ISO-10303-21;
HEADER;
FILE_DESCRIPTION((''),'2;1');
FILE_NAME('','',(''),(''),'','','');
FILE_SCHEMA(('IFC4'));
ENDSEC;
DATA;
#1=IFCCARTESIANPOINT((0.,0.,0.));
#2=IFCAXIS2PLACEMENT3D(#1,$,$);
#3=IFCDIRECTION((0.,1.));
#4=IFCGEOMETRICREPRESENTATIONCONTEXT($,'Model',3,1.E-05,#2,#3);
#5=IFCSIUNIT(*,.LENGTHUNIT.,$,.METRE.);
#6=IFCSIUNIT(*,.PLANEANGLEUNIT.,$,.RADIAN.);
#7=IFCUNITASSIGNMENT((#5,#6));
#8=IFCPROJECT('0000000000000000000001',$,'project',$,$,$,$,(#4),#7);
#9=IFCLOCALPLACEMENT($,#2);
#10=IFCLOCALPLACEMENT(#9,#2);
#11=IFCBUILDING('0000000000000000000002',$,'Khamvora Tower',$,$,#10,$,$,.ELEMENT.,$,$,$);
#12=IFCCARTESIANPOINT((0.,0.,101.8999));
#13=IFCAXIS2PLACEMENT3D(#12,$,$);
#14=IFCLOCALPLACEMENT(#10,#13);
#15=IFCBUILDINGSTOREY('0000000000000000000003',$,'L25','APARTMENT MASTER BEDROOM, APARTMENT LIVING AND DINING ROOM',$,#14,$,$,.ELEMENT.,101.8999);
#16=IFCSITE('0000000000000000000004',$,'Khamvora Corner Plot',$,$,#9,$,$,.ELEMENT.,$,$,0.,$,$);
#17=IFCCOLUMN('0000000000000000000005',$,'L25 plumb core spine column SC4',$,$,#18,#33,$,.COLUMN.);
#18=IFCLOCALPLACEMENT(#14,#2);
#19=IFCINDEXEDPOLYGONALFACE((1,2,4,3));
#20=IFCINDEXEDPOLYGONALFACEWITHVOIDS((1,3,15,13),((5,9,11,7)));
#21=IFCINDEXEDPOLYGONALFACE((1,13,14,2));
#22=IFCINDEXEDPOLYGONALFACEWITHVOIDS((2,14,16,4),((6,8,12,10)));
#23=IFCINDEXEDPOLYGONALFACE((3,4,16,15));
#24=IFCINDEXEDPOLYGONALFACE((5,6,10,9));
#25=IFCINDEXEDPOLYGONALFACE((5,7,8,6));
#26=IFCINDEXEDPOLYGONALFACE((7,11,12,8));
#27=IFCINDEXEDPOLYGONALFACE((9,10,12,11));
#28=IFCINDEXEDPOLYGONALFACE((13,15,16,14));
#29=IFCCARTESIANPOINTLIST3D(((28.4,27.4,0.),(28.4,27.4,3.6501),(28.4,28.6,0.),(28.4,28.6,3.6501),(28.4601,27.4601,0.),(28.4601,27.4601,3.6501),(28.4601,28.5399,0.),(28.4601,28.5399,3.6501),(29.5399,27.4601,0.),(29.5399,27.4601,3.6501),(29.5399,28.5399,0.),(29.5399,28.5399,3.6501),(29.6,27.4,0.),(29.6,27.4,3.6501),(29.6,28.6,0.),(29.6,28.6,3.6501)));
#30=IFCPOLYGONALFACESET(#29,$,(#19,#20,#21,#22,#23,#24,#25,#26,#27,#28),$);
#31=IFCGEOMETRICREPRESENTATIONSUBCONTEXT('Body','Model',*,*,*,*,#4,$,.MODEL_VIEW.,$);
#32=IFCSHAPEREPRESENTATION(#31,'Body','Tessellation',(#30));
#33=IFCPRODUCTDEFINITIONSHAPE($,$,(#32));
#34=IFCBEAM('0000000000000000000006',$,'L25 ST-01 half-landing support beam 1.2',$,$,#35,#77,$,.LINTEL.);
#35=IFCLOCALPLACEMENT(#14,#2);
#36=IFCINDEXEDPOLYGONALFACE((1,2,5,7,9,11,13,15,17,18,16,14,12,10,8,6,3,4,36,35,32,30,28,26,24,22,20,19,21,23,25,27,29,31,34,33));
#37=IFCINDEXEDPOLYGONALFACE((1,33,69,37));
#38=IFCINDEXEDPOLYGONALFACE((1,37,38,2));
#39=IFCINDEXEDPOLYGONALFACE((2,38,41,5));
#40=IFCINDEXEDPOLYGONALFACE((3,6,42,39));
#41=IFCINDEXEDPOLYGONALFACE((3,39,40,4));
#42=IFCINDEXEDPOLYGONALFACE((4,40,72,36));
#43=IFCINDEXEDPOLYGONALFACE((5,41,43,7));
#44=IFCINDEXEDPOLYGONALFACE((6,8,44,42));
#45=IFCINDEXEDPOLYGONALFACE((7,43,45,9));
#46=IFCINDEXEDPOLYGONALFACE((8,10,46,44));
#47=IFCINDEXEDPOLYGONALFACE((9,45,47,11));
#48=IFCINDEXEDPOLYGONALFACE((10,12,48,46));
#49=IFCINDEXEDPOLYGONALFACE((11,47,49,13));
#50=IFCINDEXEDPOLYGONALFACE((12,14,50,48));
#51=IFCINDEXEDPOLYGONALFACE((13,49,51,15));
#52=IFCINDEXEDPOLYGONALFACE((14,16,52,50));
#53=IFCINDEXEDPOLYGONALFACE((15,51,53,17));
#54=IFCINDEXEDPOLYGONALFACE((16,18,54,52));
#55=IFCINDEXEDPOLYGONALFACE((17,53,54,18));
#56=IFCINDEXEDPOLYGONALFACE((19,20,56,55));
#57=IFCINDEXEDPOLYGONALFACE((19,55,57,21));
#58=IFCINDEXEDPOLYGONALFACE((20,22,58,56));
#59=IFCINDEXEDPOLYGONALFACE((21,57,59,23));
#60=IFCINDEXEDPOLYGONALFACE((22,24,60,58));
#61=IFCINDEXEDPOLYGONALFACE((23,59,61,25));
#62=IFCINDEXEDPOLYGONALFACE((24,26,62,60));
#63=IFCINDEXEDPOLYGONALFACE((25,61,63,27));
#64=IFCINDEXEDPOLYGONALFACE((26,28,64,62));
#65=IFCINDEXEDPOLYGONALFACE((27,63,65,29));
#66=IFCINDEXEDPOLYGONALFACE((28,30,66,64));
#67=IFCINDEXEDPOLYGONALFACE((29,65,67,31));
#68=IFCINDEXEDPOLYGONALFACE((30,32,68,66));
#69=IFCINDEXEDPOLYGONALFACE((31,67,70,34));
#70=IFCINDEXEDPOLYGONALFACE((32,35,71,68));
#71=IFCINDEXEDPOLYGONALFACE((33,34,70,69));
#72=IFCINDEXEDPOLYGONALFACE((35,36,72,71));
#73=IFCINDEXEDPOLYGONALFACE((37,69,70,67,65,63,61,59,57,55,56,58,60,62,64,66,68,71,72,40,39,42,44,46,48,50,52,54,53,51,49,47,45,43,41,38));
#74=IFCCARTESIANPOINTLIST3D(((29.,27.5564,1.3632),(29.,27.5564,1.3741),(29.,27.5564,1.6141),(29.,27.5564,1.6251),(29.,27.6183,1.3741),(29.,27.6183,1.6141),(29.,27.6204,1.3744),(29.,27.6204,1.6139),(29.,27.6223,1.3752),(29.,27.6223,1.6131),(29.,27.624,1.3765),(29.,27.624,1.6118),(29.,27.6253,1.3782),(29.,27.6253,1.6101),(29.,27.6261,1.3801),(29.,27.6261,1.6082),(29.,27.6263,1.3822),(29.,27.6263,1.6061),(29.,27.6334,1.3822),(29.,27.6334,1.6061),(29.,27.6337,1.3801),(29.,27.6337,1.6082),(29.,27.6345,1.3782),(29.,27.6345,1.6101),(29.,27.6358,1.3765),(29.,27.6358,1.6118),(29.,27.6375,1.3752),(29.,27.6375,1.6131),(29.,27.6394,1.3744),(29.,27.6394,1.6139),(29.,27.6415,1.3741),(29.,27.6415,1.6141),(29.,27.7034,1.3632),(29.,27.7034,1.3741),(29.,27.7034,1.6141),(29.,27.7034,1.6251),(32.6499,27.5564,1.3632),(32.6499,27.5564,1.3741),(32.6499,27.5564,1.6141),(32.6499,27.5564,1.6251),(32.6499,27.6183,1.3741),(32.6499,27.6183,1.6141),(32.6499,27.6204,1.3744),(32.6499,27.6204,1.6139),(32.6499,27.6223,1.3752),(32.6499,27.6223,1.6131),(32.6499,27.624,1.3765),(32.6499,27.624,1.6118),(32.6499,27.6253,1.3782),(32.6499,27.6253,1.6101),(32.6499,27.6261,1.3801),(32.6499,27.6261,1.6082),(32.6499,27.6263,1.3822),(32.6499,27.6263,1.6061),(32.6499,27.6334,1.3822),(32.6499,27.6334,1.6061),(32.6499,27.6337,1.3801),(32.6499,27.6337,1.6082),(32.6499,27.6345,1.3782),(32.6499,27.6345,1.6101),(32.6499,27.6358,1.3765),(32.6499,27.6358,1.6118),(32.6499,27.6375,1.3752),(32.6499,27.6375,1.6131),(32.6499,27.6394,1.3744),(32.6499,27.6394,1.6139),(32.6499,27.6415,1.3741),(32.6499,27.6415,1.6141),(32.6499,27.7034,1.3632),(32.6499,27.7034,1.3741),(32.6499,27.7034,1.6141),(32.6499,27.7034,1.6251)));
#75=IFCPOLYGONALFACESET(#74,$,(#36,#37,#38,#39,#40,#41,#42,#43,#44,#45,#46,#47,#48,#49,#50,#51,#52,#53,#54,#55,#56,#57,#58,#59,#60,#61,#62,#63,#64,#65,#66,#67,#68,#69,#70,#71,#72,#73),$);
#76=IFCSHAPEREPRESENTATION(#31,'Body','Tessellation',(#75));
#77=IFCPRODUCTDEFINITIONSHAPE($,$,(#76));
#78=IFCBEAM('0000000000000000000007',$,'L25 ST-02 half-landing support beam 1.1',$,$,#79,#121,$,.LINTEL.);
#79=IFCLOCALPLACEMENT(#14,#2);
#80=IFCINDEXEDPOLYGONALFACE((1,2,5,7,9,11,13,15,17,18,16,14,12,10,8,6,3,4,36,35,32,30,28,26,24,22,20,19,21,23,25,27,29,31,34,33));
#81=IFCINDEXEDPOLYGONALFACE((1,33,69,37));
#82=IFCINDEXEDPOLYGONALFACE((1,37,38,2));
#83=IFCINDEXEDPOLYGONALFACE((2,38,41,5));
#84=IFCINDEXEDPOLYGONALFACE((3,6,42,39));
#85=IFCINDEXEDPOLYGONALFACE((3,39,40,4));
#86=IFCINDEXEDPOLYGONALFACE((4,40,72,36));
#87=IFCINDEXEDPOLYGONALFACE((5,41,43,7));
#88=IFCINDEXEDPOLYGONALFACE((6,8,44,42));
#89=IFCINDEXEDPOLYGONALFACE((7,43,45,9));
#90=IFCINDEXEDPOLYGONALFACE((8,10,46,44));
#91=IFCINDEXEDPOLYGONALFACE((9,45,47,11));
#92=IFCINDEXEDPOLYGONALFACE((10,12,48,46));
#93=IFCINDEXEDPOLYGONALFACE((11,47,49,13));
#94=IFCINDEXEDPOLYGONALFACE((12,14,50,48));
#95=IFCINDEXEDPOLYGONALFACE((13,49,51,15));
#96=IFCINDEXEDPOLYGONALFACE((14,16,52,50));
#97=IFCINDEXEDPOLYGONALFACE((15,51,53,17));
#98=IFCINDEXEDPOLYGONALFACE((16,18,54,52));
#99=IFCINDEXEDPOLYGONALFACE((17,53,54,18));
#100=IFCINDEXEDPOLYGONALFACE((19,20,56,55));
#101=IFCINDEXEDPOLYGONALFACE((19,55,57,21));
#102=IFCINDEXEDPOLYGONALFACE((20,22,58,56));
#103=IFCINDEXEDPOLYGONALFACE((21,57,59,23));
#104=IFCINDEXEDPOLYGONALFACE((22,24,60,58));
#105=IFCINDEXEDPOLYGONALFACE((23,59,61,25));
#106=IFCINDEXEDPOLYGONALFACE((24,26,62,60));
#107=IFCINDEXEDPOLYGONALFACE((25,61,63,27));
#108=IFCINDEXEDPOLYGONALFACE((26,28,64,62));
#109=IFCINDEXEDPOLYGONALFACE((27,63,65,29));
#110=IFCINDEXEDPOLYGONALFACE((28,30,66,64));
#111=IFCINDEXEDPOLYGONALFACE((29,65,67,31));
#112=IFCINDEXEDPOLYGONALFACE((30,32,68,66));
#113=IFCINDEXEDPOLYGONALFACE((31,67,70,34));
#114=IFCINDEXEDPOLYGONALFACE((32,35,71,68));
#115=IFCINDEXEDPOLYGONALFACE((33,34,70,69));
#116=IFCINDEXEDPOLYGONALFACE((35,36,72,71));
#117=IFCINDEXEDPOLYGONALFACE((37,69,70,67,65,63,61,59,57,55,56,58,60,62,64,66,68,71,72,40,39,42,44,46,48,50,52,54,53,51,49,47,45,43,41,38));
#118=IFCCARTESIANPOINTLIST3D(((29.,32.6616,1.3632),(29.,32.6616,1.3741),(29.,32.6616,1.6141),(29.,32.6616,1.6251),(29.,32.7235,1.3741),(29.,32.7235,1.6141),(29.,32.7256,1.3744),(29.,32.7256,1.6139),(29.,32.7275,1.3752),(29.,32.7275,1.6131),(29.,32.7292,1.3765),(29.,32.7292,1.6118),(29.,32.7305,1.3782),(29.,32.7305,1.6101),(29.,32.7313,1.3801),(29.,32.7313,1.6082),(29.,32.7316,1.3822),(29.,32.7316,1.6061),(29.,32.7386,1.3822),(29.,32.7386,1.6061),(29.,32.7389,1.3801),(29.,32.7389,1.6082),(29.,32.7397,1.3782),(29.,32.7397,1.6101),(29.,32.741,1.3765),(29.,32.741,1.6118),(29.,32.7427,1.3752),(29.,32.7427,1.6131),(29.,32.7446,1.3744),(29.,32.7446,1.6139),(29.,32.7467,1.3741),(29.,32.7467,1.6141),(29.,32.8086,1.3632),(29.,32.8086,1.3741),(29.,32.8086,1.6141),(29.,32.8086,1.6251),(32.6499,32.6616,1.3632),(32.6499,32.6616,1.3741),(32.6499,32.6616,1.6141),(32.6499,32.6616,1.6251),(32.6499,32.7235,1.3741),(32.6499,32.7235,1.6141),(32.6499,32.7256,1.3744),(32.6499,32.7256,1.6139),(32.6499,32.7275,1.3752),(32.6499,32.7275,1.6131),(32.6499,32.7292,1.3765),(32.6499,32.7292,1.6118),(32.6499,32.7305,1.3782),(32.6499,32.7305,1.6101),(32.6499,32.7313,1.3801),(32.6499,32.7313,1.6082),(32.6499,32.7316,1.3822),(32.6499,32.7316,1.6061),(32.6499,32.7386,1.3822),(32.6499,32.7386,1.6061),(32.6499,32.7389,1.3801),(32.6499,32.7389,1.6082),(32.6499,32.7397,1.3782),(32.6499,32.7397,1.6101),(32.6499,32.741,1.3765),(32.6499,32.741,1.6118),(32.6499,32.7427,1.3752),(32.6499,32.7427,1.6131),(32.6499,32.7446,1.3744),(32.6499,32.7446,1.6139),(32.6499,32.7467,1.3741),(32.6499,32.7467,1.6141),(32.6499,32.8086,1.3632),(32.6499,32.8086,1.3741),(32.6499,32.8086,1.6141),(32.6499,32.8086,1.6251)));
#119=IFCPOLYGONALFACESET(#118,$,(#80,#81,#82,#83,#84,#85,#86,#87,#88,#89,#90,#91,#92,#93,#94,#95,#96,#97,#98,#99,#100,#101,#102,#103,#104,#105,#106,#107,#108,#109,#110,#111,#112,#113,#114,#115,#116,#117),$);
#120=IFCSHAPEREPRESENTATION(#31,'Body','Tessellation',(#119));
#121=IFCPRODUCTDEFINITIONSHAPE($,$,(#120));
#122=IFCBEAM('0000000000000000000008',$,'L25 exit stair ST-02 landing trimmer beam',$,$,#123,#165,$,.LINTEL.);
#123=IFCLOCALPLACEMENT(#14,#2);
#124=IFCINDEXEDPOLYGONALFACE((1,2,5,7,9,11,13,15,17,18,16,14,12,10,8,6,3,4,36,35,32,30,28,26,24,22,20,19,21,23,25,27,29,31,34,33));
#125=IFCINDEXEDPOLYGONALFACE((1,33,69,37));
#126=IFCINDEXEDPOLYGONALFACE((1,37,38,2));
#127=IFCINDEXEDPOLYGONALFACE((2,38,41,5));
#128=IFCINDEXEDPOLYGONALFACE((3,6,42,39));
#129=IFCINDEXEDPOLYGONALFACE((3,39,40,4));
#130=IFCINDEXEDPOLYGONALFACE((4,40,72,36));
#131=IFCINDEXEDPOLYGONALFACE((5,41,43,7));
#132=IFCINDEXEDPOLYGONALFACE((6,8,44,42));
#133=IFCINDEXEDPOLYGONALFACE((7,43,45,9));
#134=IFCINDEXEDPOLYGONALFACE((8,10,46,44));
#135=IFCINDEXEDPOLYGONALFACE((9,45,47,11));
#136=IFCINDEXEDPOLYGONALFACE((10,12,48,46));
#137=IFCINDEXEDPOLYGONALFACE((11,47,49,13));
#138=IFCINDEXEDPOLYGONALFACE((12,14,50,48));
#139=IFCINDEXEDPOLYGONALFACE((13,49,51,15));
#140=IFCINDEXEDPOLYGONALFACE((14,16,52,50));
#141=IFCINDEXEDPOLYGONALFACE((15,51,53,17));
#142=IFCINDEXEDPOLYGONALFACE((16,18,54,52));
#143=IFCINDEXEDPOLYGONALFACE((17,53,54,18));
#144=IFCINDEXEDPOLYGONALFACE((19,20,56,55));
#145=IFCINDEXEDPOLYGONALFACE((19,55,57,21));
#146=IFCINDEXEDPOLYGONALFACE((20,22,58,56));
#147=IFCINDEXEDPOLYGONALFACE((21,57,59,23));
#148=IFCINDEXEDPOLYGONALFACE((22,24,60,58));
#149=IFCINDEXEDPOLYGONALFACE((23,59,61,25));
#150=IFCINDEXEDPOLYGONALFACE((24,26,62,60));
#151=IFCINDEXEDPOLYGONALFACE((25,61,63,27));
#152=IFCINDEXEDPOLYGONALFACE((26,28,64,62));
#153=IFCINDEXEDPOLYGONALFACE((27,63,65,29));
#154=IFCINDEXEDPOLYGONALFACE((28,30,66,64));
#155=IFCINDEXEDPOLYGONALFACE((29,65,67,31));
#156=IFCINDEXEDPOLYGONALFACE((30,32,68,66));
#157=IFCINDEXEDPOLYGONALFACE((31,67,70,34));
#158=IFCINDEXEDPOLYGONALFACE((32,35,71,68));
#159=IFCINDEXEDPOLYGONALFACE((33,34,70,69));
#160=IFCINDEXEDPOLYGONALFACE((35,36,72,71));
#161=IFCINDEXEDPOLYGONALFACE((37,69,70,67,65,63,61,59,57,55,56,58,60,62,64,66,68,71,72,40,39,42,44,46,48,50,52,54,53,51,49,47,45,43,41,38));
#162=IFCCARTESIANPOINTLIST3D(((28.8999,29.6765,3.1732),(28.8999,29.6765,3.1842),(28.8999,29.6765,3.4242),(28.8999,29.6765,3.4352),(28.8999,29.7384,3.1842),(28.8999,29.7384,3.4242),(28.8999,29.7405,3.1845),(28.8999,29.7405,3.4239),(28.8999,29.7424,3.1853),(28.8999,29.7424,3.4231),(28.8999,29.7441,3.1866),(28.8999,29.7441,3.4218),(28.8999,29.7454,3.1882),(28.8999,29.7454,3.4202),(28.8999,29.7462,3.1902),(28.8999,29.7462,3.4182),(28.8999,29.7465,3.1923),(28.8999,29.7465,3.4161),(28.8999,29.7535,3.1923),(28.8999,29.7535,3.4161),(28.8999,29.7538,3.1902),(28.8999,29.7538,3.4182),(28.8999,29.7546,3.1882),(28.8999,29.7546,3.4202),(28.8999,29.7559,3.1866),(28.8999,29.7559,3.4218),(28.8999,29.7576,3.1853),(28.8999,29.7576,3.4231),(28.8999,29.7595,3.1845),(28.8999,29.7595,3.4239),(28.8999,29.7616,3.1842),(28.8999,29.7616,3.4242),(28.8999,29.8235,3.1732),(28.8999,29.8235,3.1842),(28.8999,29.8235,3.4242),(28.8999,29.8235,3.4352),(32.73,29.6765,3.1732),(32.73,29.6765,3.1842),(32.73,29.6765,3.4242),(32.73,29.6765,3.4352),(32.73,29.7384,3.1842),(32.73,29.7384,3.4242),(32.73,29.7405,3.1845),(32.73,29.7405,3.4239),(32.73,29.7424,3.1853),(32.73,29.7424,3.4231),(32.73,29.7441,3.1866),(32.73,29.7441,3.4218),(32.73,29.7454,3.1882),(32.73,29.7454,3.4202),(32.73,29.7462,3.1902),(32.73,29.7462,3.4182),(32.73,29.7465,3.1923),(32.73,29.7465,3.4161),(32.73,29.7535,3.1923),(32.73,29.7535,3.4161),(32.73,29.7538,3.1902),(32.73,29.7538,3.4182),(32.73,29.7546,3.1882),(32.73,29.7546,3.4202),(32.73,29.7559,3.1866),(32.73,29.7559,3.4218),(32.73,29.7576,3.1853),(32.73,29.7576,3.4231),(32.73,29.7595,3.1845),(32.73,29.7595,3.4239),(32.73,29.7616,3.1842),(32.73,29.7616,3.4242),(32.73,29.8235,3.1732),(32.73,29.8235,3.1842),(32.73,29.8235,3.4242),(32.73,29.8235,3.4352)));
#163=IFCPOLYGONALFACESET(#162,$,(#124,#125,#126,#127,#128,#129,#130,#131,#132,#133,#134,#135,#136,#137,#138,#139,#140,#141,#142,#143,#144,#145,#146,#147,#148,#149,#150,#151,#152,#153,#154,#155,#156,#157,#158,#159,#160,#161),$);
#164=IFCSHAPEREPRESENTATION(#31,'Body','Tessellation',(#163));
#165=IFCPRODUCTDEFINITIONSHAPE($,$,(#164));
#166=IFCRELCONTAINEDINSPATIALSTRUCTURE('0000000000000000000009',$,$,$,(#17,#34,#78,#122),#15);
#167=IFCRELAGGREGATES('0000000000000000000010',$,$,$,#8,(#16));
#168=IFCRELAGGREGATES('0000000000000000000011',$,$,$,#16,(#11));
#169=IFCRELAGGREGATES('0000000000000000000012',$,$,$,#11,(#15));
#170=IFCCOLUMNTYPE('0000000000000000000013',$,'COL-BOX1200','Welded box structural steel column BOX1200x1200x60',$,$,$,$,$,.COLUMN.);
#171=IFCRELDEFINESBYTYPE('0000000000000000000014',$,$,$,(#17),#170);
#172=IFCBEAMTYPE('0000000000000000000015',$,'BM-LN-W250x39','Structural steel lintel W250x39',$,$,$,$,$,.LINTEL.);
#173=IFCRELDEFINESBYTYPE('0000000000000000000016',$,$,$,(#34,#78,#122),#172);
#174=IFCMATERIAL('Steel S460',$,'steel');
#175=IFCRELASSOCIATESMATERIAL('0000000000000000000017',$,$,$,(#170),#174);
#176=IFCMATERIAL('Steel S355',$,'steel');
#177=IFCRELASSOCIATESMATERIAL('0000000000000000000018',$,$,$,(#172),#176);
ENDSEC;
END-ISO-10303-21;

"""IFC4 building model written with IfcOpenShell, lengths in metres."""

from ifc_helpers import new_model, si_unit, direction, frame, origin, origin_2d, place, context, subcontext, project, spatial, hollow_rectangle, i_section, extrude, material, material_profile, profile_set, type_object, element, save


model = new_model("IFC4")

# Units and contexts
model_context = context("Model", 3, precision=1e-05, world=origin(), true_north=direction((0.0, 1.0)))
body_context = subcontext(model_context, "Body", "Model", "MODEL_VIEW")
ifc_project = project(units=[si_unit("LENGTHUNIT", "METRE"), si_unit("PLANEANGLEUNIT", "RADIAN")], contexts=[model_context])

# Site, building, storey
site_placement = place(None, origin())
site = spatial("IfcSite", under=ifc_project, at=site_placement, Name="Khamvora Corner Plot", CompositionType="ELEMENT", RefElevation=0.0)
building_placement = place(site_placement, origin())
building = spatial("IfcBuilding", under=site, at=building_placement, Name="Khamvora Tower", CompositionType="ELEMENT")
storey_placement = place(building_placement, frame((0.0, 0.0, 101.8999)))
storey = spatial("IfcBuildingStorey", under=building, at=storey_placement, Name="L25", Description="APARTMENT MASTER BEDROOM, APARTMENT LIVING AND DINING ROOM", CompositionType="ELEMENT", Elevation=101.8999)

# Column
ifc_material_1 = material(Name="Steel S460", Category="steel")
ifc_material_profile_1 = material_profile(ifc_material_1, hollow_rectangle(XDim=1.2, YDim=1.2, WallThickness=0.0601, at=origin_2d()), Name="BOX1200x1200x60")
ifc_profile_set_1 = profile_set([ifc_material_profile_1], Name="Steel S460")
column_type = type_object("IfcColumnType", Name="COL-BOX1200", Description="Welded box structural steel column BOX1200x1200x60", PredefinedType="COLUMN", material=ifc_profile_set_1)
column_placement = place(storey_placement, frame((29.0, 28.0, 0.0), z_axis=(0.0, 0.0, 1.0), x_axis=(1.0, 0.0, 0.0)))
element("IfcColumn", 1, at=column_placement, inside=storey, type_object=column_type, Name="L25 plumb core spine column SC4", PredefinedType="COLUMN", context=body_context, shape_type="SweptSolid", body=[
    extrude(hollow_rectangle(XDim=1.2, YDim=1.2, WallThickness=0.0601, at=origin_2d()), origin(), (0.0, 0.0, 1.0), 3.6501),
])

# Beams
ifc_material_2 = material(Name="Steel S355", Category="steel")
ifc_material_profile_2 = material_profile(ifc_material_2, i_section(OverallWidth=0.147, OverallDepth=0.262, WebThickness=0.0071, FlangeThickness=0.011, FilletRadius=0.0081, at=origin_2d()), Name="W250x39")
ifc_profile_set_2 = profile_set([ifc_material_profile_2], Name="Steel S355")
beam_type_1 = type_object("IfcBeamType", Name="BM-LN-W250x39", Description="Structural steel lintel W250x39", PredefinedType="LINTEL", material=ifc_profile_set_2)
for number, where, z_axis, x_axis, name in (
    (2, (29.0, 27.6299, 1.4941), (1.0, 0.0, 0.0), (0.0, 1.0, 0.0), "L25 ST-01 half-landing support beam 1.2"),
    (3, (29.0, 32.7351, 1.4941), (1.0, 0.0, 0.0), (0.0, 1.0, 0.0), "L25 ST-02 half-landing support beam 1.1"),
):
    element("IfcBeam", number, at=place(storey_placement, frame(where, z_axis=z_axis, x_axis=x_axis)), inside=storey, type_object=beam_type_1, Name=name, PredefinedType="LINTEL", context=body_context, shape_type="SweptSolid", body=[
        extrude(i_section(OverallWidth=0.147, OverallDepth=0.262, WebThickness=0.0071, FlangeThickness=0.011, FilletRadius=0.0081, at=origin_2d()), origin(), (0.0, 0.0, 1.0), 3.6499),
    ])
beam_1_placement = place(storey_placement, frame((28.8999, 29.75, 3.3042), z_axis=(1.0, 0.0, 0.0), x_axis=(0.0, 1.0, 0.0)))
element("IfcBeam", 4, at=beam_1_placement, inside=storey, type_object=beam_type_1, Name="L25 exit stair ST-02 landing trimmer beam", PredefinedType="LINTEL", context=body_context, shape_type="SweptSolid", body=[
    extrude(i_section(OverallWidth=0.147, OverallDepth=0.262, WebThickness=0.0071, FlangeThickness=0.011, FilletRadius=0.0081, at=origin_2d()), origin(), (0.0, 0.0, 1.0), 3.8301),
])

save(model, "model.ifc")
